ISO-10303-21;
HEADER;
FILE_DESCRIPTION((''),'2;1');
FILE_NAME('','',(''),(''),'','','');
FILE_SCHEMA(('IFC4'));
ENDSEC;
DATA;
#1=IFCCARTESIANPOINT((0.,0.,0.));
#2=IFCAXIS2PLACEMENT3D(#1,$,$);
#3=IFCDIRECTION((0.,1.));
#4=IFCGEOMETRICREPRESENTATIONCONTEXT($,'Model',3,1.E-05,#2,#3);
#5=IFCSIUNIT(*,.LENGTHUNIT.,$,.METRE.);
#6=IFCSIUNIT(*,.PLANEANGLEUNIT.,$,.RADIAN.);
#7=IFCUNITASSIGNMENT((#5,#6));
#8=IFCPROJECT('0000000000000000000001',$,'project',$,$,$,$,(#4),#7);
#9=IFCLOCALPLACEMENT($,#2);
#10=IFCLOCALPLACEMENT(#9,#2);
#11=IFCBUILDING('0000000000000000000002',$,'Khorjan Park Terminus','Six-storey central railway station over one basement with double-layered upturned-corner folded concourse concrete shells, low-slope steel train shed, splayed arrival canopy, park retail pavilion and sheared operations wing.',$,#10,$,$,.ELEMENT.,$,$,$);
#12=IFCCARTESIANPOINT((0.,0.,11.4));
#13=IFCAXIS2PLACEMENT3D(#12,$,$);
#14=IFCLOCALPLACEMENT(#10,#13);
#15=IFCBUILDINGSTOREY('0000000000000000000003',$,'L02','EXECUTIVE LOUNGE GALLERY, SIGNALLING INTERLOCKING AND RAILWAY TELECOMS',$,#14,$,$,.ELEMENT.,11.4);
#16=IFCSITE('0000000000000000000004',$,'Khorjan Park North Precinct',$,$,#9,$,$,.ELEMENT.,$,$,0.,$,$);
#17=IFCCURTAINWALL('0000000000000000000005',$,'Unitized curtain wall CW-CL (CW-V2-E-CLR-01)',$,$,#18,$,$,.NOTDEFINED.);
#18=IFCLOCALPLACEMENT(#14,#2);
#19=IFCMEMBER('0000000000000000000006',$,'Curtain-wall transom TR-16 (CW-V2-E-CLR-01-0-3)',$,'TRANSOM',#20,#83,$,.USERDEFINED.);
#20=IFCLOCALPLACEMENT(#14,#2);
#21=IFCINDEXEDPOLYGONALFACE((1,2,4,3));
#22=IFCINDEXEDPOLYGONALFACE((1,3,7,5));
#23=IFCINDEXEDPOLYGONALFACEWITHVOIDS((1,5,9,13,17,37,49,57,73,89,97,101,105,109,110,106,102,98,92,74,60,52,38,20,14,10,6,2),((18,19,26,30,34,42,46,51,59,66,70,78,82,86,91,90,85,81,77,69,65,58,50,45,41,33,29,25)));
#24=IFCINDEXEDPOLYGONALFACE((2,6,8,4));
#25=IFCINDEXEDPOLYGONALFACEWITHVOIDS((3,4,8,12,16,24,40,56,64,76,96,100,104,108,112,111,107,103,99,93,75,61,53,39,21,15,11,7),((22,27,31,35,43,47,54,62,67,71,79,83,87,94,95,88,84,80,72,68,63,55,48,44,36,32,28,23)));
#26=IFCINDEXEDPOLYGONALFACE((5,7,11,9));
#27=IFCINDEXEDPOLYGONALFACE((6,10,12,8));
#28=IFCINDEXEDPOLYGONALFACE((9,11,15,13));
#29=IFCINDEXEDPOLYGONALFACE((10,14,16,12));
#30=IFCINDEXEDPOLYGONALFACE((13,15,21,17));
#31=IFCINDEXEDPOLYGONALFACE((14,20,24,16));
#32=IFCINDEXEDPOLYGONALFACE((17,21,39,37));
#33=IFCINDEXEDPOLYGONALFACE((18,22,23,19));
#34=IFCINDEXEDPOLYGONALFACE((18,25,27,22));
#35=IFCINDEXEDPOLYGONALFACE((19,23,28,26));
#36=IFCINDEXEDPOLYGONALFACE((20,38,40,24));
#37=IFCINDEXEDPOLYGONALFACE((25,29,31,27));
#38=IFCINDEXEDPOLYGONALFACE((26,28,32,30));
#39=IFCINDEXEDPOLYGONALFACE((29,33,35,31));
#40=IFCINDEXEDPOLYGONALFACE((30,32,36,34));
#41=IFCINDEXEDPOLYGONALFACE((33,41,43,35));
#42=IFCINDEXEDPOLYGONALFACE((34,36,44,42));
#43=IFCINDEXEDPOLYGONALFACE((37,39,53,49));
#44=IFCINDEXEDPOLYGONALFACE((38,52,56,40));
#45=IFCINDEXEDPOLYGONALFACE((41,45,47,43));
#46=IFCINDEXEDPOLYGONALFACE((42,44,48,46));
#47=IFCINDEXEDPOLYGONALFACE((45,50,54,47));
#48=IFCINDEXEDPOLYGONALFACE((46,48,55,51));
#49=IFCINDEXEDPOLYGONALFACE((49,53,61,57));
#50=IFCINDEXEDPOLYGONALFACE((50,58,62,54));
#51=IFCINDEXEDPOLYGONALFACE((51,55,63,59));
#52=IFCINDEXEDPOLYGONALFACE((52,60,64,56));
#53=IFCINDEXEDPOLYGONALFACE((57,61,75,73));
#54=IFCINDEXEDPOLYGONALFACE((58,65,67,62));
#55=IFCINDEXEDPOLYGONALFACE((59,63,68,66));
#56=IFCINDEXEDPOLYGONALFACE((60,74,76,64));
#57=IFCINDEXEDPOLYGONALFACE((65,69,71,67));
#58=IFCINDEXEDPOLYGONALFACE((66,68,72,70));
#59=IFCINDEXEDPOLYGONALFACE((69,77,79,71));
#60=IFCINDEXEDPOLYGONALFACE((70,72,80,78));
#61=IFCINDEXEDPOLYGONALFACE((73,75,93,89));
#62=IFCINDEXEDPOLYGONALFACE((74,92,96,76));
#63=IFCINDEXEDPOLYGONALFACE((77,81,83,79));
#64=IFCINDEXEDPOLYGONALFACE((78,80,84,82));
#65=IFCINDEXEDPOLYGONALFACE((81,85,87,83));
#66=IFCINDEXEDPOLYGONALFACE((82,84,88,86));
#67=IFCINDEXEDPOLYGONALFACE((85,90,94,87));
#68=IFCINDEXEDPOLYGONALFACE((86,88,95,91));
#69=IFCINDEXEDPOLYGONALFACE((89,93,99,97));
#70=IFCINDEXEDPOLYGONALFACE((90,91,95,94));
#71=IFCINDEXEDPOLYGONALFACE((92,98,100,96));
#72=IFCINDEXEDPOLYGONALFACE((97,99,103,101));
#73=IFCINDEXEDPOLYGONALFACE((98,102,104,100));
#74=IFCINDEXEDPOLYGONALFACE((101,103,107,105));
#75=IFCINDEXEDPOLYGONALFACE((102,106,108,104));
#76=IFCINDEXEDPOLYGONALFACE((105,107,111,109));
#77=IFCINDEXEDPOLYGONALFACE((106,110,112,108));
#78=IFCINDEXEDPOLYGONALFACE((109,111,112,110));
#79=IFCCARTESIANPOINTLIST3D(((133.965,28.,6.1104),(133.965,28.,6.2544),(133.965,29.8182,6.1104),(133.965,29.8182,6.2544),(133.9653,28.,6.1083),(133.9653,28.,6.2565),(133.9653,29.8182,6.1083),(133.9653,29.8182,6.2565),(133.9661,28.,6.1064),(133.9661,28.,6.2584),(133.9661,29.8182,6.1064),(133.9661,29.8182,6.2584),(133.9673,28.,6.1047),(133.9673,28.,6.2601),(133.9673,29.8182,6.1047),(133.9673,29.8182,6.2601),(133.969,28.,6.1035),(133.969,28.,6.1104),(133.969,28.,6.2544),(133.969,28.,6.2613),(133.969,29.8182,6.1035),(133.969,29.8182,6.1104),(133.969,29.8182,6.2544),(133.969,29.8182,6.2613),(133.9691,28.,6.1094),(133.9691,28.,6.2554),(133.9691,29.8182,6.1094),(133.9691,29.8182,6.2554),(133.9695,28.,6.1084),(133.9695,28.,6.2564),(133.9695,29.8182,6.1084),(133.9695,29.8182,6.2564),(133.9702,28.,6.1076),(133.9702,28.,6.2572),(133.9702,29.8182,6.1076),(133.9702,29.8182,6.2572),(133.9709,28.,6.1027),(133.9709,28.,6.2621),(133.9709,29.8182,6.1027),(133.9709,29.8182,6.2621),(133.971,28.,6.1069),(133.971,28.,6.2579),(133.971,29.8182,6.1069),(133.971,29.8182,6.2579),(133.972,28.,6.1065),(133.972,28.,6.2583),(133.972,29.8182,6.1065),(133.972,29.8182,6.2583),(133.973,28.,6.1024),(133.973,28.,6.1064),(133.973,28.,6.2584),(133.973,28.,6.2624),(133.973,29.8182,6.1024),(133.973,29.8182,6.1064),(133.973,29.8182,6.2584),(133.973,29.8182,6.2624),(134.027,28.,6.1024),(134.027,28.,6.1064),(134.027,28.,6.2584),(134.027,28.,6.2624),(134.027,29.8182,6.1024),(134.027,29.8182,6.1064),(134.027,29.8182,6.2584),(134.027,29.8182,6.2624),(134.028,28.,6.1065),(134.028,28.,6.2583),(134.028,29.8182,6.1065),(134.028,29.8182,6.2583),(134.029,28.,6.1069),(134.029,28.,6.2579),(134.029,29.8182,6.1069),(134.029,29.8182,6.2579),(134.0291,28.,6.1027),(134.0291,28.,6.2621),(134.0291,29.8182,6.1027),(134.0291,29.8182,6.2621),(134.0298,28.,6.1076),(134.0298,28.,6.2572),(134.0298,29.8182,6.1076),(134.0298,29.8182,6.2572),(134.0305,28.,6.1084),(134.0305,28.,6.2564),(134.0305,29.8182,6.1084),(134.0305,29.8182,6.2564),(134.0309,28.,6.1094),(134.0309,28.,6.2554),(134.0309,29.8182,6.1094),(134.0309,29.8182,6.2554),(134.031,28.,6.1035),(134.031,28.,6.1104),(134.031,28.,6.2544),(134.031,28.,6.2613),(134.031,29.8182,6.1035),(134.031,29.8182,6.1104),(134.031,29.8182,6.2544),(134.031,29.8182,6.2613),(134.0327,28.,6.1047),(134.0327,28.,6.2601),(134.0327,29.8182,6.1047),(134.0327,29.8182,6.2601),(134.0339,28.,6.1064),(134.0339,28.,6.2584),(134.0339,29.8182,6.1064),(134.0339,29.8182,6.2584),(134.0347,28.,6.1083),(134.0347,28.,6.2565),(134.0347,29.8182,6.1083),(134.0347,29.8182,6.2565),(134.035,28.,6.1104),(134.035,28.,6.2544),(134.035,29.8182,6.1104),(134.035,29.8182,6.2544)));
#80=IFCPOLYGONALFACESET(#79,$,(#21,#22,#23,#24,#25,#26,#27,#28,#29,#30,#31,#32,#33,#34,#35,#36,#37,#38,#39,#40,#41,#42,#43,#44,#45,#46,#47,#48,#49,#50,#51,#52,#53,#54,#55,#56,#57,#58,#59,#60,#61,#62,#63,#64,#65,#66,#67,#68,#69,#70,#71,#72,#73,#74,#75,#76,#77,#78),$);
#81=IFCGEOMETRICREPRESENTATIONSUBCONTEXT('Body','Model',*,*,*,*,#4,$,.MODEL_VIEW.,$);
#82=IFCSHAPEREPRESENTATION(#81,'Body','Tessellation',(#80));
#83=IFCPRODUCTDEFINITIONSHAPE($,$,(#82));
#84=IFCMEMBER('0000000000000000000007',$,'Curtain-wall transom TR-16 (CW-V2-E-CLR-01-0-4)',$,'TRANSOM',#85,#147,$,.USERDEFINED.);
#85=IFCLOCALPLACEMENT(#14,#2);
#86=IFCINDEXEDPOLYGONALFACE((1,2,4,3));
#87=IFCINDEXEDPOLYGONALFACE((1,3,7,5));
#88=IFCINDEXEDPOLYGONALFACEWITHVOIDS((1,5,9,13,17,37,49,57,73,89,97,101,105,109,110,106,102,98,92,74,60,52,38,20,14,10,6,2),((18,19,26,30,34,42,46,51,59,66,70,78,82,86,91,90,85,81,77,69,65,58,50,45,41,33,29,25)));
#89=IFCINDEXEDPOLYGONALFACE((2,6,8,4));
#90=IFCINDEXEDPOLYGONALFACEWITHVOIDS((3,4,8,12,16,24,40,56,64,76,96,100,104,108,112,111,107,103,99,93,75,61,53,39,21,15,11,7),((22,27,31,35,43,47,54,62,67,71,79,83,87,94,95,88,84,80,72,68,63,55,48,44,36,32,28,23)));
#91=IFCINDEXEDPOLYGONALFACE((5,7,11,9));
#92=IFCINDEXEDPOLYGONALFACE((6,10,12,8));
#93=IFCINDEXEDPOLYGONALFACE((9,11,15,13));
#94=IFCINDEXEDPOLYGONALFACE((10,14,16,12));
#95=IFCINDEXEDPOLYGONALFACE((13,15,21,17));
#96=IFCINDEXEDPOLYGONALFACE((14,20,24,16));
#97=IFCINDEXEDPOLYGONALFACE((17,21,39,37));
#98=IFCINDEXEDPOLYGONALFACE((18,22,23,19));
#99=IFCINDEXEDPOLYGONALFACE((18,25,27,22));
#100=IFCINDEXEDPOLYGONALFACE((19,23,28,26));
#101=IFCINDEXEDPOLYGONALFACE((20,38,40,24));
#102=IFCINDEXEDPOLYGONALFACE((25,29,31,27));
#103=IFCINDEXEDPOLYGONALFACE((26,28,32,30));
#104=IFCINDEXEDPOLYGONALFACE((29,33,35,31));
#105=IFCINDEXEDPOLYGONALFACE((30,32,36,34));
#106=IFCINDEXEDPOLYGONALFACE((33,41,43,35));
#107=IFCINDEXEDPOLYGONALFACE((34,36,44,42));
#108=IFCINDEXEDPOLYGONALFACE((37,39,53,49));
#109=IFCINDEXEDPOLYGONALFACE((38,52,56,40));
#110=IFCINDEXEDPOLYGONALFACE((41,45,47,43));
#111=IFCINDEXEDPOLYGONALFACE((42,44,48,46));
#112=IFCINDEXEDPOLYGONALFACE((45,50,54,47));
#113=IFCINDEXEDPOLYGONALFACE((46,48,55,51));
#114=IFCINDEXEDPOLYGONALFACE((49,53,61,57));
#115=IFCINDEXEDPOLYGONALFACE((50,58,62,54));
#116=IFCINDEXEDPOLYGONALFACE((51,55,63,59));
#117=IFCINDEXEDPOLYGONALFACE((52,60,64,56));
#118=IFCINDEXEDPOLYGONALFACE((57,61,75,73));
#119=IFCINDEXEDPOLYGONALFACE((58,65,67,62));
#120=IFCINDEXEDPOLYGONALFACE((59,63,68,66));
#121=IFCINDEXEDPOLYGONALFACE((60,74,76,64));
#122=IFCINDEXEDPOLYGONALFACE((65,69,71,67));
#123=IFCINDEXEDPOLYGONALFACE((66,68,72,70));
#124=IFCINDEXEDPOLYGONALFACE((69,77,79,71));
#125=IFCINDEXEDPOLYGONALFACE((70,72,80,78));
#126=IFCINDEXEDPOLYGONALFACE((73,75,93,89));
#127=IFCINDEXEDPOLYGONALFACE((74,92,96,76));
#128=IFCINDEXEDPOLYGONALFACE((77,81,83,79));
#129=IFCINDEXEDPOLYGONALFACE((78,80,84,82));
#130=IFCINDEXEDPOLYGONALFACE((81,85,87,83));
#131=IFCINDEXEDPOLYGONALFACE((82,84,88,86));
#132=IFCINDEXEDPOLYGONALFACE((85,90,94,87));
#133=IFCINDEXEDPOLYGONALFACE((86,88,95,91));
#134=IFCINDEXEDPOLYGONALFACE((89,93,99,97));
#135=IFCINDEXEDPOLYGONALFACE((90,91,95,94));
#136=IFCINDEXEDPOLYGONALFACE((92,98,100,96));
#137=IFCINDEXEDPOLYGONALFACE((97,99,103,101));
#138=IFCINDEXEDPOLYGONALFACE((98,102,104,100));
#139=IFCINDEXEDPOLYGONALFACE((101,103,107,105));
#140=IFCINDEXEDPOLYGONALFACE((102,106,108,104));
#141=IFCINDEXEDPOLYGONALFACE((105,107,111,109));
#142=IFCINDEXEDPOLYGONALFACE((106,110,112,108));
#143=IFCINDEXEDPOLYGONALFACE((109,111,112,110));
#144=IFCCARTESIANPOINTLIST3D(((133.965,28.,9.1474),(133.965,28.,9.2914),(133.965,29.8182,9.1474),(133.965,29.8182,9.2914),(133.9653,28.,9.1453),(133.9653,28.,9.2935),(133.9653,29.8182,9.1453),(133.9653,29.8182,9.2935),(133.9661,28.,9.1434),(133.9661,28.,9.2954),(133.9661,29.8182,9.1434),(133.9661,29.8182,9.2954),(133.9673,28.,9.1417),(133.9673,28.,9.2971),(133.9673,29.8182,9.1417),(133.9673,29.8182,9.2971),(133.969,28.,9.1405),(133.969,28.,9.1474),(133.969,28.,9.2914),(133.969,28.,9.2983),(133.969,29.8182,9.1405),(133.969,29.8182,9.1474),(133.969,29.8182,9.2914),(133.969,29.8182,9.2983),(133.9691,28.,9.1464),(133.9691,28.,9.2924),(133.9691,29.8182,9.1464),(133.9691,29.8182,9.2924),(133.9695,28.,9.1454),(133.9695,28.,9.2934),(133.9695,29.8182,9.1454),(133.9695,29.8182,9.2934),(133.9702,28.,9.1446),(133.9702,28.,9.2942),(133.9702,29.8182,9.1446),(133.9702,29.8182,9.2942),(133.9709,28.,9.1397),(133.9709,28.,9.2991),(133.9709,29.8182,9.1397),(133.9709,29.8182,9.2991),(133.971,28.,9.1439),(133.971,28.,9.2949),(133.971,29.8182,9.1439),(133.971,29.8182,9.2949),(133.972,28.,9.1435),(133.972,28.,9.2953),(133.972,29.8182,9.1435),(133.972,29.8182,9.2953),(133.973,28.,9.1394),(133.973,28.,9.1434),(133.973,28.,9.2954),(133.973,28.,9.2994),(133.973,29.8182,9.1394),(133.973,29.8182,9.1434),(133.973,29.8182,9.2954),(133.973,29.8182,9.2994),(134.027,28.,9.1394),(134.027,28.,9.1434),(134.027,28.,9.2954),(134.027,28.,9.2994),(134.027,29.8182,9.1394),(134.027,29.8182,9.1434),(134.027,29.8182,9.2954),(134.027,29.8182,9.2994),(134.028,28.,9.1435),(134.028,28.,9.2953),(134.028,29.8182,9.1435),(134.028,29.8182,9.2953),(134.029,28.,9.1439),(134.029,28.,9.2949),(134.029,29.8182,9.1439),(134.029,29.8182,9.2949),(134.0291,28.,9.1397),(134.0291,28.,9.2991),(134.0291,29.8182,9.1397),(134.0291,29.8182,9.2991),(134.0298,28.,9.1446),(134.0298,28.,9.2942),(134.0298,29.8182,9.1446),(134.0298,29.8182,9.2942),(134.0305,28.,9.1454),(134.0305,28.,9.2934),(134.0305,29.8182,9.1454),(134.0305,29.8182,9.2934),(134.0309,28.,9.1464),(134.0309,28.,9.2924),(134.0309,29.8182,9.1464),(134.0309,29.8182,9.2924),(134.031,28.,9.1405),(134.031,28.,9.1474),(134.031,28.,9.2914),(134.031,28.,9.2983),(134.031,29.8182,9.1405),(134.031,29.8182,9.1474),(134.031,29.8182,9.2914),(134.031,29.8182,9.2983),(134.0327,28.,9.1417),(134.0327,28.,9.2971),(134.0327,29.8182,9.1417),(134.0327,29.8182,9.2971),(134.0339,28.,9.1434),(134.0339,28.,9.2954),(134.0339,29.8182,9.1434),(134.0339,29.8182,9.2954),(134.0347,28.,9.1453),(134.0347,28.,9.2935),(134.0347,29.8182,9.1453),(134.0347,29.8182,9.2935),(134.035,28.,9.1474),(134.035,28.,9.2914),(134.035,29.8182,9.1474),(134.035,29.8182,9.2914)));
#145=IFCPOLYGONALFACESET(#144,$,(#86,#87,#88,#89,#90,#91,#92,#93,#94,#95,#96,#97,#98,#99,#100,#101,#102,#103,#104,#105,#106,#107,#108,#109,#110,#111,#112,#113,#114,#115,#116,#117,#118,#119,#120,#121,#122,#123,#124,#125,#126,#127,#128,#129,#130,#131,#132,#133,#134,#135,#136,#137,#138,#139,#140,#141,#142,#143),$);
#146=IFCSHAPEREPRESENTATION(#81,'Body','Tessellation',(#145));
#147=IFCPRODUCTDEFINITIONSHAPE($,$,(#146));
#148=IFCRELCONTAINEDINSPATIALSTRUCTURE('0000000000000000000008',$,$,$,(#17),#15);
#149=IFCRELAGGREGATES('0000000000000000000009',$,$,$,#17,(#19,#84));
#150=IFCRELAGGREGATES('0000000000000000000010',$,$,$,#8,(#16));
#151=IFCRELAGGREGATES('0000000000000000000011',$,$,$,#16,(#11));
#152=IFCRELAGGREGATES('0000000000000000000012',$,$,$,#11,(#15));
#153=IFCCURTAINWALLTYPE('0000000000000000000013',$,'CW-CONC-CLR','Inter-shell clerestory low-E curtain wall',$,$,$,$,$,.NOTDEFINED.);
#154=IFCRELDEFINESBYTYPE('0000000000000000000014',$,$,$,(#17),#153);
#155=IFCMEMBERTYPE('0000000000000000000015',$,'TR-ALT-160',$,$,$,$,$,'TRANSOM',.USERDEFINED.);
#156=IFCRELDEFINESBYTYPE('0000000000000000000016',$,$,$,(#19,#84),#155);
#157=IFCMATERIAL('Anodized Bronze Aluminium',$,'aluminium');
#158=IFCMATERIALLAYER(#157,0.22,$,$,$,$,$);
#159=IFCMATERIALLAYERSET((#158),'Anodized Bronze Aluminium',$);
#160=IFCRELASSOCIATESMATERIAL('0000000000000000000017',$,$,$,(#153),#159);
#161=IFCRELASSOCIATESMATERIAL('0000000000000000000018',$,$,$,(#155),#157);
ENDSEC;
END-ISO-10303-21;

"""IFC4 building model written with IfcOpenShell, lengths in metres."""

from ifc_helpers import new_model, si_unit, direction, frame, origin, origin_2d, place, context, subcontext, project, spatial, hollow_rectangle, extrude, material, layer, layer_set, material_profile, profile_set, type_object, element, aggregate, save


model = new_model("IFC4")

# Units and contexts
model_context = context("Model", 3, precision=1e-05, world=origin(), true_north=direction((0.0, 1.0)))
body_context = subcontext(model_context, "Body", "Model", "MODEL_VIEW")
ifc_project = project(units=[si_unit("LENGTHUNIT", "METRE"), si_unit("PLANEANGLEUNIT", "RADIAN")], contexts=[model_context])

# Site, building, storey
site_placement = place(None, origin())
site = spatial("IfcSite", under=ifc_project, at=site_placement, Name="Khorjan Park North Precinct", CompositionType="ELEMENT", RefElevation=0.0)
building_placement = place(site_placement, origin())
building = spatial("IfcBuilding", under=site, at=building_placement, Name="Khorjan Park Terminus", Description="Six-storey central railway station over one basement with double-layered upturned-corner folded concourse concrete shells, low-slope steel train shed, splayed arrival canopy, park retail pavilion and sheared operations wing.", CompositionType="ELEMENT")
storey_placement = place(building_placement, frame((0.0, 0.0, 11.4)))
storey = spatial("IfcBuildingStorey", under=building, at=storey_placement, Name="L02", Description="EXECUTIVE LOUNGE GALLERY, SIGNALLING INTERLOCKING AND RAILWAY TELECOMS", CompositionType="ELEMENT", Elevation=11.4)

# Curtain wall, members
ifc_material_1 = material(Name="Anodized Bronze Aluminium", Category="aluminium")
ifc_layer_1 = layer(ifc_material_1, 0.22)
ifc_layer_set_1 = layer_set([ifc_layer_1], Name="Anodized Bronze Aluminium")
curtain_wall_type = type_object("IfcCurtainWallType", Name="CW-CONC-CLR", Description="Inter-shell clerestory low-E curtain wall", PredefinedType="NOTDEFINED", material=ifc_layer_set_1)
curtain_wall_placement = place(storey_placement, origin())
curtain_wall = element("IfcCurtainWall", 1, at=curtain_wall_placement, inside=storey, type_object=curtain_wall_type, Name="Unitized curtain wall CW-CL (CW-V2-E-CLR-01)", PredefinedType="NOTDEFINED")
ifc_material_profile_1 = material_profile(ifc_material_1, hollow_rectangle(XDim=0.07, YDim=0.16, WallThickness=0.004, InnerFilletRadius=0.004, OuterFilletRadius=0.008, at=origin_2d()), Name="ALT 70x160x4")
ifc_profile_set_1 = profile_set([ifc_material_profile_1], Name="Anodized Bronze Aluminium")
member_type_1 = type_object("IfcMemberType", Name="TR-ALT-160", ElementType="TRANSOM", PredefinedType="USERDEFINED", material=ifc_profile_set_1)
member_1_placement = place(storey_placement, frame((134.0, 28.0, 6.1824), z_axis=(0.0, 1.0, 0.0), x_axis=(-1.0, 0.0, 0.0)))
member_1 = element("IfcMember", 2, at=member_1_placement, type_object=member_type_1, Name="Curtain-wall transom TR-16 (CW-V2-E-CLR-01-0-3)", ObjectType="TRANSOM", PredefinedType="USERDEFINED", context=body_context, shape_type="SweptSolid", body=[
    extrude(hollow_rectangle(XDim=0.07, YDim=0.16, WallThickness=0.004, InnerFilletRadius=0.004, OuterFilletRadius=0.008, at=origin_2d()), origin(), (0.0, 0.0, 1.0), 1.8182),
])
member_2_placement = place(storey_placement, frame((134.0, 28.0, 9.2194), z_axis=(0.0, 1.0, 0.0), x_axis=(-1.0, 0.0, 0.0)))
member_2 = element("IfcMember", 3, at=member_2_placement, type_object=member_type_1, Name="Curtain-wall transom TR-16 (CW-V2-E-CLR-01-0-4)", ObjectType="TRANSOM", PredefinedType="USERDEFINED", context=body_context, shape_type="SweptSolid", body=[
    extrude(hollow_rectangle(XDim=0.07, YDim=0.16, WallThickness=0.004, InnerFilletRadius=0.004, OuterFilletRadius=0.008, at=origin_2d()), origin(), (0.0, 0.0, 1.0), 1.8182),
])
aggregate(curtain_wall, [member_1, member_2])

save(model, "model.ifc")
